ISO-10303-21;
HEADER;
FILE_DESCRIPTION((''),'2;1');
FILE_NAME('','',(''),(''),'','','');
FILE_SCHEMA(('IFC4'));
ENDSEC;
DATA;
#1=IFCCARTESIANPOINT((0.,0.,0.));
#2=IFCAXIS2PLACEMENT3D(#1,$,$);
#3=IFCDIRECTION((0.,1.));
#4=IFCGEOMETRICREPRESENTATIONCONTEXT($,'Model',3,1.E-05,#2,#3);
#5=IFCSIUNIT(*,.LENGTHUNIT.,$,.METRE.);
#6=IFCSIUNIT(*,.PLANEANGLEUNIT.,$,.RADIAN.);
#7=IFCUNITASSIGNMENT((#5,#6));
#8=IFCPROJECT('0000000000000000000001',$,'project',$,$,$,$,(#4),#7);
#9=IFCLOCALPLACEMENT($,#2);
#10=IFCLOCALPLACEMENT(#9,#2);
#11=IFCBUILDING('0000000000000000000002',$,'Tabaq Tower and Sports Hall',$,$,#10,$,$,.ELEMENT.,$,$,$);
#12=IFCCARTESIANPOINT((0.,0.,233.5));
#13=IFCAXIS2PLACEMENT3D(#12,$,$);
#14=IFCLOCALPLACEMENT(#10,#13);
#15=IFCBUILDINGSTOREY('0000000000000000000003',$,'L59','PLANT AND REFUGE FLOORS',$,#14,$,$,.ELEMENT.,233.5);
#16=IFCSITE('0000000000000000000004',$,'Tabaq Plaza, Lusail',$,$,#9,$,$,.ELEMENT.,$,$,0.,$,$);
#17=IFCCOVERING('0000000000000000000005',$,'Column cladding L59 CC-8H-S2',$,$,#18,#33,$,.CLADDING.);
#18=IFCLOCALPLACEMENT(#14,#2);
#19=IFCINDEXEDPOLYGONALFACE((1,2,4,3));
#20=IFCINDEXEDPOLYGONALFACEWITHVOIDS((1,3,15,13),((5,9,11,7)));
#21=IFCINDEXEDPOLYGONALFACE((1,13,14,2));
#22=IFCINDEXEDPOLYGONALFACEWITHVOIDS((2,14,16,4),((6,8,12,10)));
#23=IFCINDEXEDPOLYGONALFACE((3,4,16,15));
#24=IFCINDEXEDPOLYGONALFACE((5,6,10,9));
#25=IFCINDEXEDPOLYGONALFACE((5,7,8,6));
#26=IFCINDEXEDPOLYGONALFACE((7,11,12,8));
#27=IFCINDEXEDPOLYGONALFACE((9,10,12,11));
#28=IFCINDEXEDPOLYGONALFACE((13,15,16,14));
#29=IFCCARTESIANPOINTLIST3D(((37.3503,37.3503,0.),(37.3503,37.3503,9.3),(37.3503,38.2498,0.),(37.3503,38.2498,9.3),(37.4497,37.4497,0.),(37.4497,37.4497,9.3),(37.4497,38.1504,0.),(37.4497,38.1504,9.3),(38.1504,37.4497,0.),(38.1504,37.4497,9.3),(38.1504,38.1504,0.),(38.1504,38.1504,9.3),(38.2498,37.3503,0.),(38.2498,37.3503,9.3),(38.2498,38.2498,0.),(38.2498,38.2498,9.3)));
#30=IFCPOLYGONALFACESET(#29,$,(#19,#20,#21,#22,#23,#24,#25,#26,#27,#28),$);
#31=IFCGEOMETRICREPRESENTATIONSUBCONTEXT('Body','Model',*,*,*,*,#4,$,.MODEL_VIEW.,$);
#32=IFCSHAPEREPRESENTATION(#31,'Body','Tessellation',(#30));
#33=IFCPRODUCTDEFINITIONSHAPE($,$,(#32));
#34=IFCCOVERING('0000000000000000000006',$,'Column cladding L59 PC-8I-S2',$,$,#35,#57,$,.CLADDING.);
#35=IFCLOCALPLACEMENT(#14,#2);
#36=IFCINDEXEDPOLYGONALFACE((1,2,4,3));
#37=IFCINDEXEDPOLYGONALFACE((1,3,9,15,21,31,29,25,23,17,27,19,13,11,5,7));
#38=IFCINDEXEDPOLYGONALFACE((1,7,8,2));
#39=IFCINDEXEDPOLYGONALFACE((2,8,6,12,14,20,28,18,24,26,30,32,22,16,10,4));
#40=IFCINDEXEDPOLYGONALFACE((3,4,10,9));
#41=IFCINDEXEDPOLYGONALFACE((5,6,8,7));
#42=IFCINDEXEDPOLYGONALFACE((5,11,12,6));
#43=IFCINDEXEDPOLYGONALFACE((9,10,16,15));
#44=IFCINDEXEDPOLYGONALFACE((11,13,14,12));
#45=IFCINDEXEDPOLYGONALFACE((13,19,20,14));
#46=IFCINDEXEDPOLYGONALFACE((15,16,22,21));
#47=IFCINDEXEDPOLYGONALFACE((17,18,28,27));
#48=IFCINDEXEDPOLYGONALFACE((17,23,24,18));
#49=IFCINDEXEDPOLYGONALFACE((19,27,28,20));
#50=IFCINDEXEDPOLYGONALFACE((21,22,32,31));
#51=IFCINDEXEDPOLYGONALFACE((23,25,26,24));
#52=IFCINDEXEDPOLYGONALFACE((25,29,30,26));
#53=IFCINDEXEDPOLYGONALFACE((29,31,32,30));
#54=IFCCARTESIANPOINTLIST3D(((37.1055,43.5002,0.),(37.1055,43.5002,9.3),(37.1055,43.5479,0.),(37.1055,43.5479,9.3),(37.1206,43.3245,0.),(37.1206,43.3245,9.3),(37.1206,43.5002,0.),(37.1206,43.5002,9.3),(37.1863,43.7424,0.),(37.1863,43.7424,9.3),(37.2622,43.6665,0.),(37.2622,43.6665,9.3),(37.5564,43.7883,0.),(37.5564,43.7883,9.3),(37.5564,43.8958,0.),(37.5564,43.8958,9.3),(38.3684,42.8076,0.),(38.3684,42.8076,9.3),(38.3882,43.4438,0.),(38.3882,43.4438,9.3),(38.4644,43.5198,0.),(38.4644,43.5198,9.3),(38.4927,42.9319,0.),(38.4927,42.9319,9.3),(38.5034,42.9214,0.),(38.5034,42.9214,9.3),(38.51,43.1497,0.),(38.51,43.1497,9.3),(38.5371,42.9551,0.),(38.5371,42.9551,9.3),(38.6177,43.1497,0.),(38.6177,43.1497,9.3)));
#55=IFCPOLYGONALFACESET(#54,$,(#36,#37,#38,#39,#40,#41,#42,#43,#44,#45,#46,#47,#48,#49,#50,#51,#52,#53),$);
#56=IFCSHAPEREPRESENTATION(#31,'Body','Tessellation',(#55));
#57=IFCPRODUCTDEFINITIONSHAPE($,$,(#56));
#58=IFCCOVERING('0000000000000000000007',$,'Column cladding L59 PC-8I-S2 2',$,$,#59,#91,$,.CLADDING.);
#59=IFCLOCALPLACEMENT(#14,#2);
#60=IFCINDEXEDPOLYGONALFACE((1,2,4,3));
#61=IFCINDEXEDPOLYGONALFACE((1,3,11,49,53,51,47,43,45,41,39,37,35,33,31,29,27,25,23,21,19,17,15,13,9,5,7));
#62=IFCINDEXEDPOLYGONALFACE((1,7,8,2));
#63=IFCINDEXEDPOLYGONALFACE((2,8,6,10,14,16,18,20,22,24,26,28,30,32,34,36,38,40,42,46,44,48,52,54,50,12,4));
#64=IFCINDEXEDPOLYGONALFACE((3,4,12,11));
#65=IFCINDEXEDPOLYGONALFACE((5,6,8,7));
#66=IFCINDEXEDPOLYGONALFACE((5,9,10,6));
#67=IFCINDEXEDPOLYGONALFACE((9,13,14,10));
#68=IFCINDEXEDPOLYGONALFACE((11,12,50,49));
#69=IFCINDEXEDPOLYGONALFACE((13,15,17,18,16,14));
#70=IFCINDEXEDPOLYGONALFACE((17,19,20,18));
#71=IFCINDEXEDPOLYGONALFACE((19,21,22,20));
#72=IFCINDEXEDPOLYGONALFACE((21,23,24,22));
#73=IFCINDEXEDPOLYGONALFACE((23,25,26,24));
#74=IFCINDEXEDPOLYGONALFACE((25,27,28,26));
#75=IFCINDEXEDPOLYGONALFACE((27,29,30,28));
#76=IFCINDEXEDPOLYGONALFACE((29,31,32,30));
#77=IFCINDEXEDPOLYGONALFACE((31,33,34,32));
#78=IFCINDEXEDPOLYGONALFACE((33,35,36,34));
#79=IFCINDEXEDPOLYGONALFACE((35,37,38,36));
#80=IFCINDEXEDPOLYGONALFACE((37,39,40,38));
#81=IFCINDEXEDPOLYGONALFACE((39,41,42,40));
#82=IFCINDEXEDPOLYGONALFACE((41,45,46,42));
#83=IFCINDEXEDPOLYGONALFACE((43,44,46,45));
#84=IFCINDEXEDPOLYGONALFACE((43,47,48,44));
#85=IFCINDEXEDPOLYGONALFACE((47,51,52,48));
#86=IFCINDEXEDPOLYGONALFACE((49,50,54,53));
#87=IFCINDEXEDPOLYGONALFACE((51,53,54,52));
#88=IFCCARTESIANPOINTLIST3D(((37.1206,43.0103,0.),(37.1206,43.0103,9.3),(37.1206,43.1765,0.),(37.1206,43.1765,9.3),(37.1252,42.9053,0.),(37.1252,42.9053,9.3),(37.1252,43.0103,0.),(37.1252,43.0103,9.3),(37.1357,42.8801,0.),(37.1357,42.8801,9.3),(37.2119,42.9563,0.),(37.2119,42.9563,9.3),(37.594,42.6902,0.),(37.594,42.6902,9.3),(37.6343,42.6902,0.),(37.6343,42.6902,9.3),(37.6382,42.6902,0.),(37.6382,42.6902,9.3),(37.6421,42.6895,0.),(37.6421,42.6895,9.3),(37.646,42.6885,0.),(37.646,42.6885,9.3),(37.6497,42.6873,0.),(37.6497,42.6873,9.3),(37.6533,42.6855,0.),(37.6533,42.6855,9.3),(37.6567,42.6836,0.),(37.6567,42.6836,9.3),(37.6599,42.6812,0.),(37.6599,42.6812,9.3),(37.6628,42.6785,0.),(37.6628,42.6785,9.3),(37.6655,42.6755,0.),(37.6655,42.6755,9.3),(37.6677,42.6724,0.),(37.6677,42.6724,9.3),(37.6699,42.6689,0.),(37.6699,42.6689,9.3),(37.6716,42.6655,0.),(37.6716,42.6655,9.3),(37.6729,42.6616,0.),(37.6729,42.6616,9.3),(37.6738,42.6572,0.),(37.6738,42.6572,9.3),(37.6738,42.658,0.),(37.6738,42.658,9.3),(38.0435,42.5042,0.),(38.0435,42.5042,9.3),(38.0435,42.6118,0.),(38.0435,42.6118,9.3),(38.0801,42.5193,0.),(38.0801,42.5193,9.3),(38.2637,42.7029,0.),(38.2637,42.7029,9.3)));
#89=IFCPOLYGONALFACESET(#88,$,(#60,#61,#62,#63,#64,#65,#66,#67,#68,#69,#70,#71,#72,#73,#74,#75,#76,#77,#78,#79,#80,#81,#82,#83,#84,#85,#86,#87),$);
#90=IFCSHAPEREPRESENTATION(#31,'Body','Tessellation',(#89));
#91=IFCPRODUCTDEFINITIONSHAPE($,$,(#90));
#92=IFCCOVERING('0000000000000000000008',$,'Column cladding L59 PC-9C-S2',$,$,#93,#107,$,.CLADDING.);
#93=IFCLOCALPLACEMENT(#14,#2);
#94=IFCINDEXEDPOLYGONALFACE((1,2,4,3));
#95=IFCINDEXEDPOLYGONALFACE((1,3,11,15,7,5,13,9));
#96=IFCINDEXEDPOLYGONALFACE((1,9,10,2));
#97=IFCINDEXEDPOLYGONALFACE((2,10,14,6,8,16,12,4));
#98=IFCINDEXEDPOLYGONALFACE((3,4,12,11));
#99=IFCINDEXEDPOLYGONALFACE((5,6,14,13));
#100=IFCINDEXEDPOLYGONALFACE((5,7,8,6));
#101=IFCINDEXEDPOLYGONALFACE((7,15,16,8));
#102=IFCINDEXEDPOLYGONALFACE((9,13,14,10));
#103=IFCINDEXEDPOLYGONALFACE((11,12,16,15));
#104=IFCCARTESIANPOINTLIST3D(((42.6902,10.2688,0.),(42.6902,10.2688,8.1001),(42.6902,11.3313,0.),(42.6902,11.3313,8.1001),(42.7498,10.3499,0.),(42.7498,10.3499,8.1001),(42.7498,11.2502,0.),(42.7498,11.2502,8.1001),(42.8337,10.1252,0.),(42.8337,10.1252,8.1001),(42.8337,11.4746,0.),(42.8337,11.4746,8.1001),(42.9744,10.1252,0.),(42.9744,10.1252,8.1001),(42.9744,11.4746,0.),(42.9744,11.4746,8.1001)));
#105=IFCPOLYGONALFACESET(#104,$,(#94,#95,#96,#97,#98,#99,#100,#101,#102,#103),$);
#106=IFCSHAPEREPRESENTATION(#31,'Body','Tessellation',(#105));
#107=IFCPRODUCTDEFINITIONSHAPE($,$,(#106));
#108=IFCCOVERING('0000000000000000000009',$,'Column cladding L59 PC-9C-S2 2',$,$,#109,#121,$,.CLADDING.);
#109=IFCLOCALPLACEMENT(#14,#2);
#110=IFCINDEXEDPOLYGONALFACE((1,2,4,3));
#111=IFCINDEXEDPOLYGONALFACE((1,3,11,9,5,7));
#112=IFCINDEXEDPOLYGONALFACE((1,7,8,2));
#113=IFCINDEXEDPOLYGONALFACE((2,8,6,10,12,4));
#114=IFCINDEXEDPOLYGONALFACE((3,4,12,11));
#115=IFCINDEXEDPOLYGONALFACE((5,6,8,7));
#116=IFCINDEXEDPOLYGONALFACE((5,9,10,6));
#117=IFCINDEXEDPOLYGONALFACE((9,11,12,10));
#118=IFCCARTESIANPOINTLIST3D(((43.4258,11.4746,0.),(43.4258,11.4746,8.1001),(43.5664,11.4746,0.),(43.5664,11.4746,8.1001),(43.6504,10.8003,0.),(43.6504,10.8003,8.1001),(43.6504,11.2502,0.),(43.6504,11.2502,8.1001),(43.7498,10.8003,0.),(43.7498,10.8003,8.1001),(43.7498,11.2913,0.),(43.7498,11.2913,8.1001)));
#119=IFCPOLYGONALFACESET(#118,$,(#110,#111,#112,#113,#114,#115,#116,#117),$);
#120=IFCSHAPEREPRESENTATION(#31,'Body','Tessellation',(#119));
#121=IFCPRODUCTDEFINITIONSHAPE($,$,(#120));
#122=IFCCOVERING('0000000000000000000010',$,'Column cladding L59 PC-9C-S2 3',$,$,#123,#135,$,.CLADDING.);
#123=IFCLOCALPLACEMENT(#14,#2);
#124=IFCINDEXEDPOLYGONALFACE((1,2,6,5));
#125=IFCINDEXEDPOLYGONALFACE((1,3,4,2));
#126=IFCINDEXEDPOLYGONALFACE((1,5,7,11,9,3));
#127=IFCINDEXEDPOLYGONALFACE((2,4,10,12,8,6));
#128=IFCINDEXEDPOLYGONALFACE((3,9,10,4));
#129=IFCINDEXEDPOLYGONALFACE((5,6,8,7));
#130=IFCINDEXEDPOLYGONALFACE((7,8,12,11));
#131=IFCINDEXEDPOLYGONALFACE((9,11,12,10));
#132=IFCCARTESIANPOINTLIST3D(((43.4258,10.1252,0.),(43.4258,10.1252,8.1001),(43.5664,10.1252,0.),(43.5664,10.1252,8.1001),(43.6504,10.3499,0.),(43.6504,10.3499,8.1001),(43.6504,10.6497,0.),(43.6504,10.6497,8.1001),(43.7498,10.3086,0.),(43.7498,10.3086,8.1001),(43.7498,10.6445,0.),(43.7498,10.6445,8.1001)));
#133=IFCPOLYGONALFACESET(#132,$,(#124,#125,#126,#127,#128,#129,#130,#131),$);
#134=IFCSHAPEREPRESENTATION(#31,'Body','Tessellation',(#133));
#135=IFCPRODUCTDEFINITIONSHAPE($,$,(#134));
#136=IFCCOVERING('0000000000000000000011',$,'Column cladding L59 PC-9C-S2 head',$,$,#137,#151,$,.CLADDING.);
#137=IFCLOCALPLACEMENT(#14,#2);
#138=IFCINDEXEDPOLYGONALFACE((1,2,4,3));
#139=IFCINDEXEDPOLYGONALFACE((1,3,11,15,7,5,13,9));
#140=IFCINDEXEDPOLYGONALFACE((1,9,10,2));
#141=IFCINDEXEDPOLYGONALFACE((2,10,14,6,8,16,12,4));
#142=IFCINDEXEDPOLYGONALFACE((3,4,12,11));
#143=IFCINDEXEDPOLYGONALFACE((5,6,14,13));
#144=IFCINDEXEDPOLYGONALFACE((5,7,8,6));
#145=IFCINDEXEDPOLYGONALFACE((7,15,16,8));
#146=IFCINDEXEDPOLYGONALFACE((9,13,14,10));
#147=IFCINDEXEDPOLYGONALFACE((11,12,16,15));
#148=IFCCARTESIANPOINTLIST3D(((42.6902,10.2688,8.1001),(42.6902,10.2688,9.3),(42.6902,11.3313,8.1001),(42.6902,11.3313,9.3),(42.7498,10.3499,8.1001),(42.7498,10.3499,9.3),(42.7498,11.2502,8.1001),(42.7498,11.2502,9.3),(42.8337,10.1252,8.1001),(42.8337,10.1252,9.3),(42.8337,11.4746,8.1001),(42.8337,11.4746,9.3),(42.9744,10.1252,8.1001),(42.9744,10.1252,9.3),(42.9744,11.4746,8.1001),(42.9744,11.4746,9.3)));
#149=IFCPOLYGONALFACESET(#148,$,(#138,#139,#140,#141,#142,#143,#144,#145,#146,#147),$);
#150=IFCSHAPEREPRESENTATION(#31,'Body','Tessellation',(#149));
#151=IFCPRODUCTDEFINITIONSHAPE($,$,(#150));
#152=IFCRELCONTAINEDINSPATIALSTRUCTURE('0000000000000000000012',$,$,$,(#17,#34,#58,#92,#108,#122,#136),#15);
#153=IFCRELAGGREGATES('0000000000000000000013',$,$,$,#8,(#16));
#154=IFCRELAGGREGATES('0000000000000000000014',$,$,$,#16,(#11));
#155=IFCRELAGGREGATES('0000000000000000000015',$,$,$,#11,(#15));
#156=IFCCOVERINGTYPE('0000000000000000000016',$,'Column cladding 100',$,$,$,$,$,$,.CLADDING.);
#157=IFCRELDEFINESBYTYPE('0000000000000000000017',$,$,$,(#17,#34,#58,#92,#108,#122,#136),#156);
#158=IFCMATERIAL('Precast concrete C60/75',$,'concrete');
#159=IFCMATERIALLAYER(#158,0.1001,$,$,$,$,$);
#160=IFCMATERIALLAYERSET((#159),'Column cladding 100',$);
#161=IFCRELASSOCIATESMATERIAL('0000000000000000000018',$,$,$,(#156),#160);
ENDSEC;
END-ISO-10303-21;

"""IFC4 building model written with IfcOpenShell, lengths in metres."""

from ifc_helpers import new_model, si_unit, direction, frame, origin, place, context, subcontext, project, spatial, polyline, outline, extrude, material, layer, layer_set, type_object, element, save


model = new_model("IFC4")

# Units and contexts
model_context = context("Model", 3, precision=1e-05, world=origin(), true_north=direction((0.0, 1.0)))
body_context = subcontext(model_context, "Body", "Model", "MODEL_VIEW")
ifc_project = project(units=[si_unit("LENGTHUNIT", "METRE"), si_unit("PLANEANGLEUNIT", "RADIAN")], contexts=[model_context])

# Site, building, storey
site_placement = place(None, origin())
site = spatial("IfcSite", under=ifc_project, at=site_placement, Name="Tabaq Plaza, Lusail", CompositionType="ELEMENT", RefElevation=0.0)
building_placement = place(site_placement, origin())
building = spatial("IfcBuilding", under=site, at=building_placement, Name="Tabaq Tower and Sports Hall", CompositionType="ELEMENT")
storey_placement = place(building_placement, frame((0.0, 0.0, 233.5)))
storey = spatial("IfcBuildingStorey", under=building, at=storey_placement, Name="L59", Description="PLANT AND REFUGE FLOORS", CompositionType="ELEMENT", Elevation=233.5)

# Coverings
ifc_material_1 = material(Name="Precast concrete C60/75", Category="concrete")
ifc_layer_1 = layer(ifc_material_1, 0.1001)
ifc_layer_set_1 = layer_set([ifc_layer_1], Name="Column cladding 100")
covering_type = type_object("IfcCoveringType", Name="Column cladding 100", PredefinedType="CLADDING", material=ifc_layer_set_1)
covering_1_placement = place(storey_placement, origin())
element("IfcCovering", 1, at=covering_1_placement, inside=storey, type_object=covering_type, Name="Column cladding L59 CC-8H-S2", PredefinedType="CLADDING", context=body_context, shape_type="SweptSolid", body=[
    extrude(outline(polyline([(37.3503, 38.2498), (38.2498, 38.2498), (38.2498, 37.3503), (37.3503, 37.3503), (37.3503, 38.2498)]), holes=[polyline([(38.1504, 37.4497), (38.1504, 38.1504), (37.4497, 38.1504), (37.4497, 37.4497), (38.1504, 37.4497)])]), origin(), (0.0, 0.0, 1.0), 9.3),
])
covering_2_placement = place(storey_placement, origin())
element("IfcCovering", 2, at=covering_2_placement, inside=storey, type_object=covering_type, Name="Column cladding L59 PC-8I-S2", PredefinedType="CLADDING", context=body_context, shape_type="SweptSolid", body=[
    extrude(outline(polyline([(38.5371, 42.9551), (38.5034, 42.9214), (38.4927, 42.9319), (38.3684, 42.8076), (38.51, 43.1497), (38.3882, 43.4438), (37.5564, 43.7883), (37.2622, 43.6665), (37.1206, 43.3245), (37.1206, 43.5002), (37.1055, 43.5002), (37.1055, 43.5479), (37.1863, 43.7424), (37.5564, 43.8958), (38.4644, 43.5198), (38.6177, 43.1497), (38.5371, 42.9551)])), origin(), (0.0, 0.0, 1.0), 9.3),
])
covering_3_placement = place(storey_placement, origin())
element("IfcCovering", 3, at=covering_3_placement, inside=storey, type_object=covering_type, Name="Column cladding L59 PC-8I-S2 2", PredefinedType="CLADDING", context=body_context, shape_type="SweptSolid", body=[
    extrude(outline(polyline([(38.0435, 42.5042), (37.6738, 42.6572), (37.6738, 42.658), (37.6729, 42.6616), (37.6716, 42.6655), (37.6699, 42.6689), (37.6677, 42.6724), (37.6655, 42.6755), (37.6628, 42.6785), (37.6599, 42.6812), (37.6567, 42.6836), (37.6533, 42.6855), (37.6497, 42.6873), (37.646, 42.6885), (37.6421, 42.6895), (37.6382, 42.6902), (37.6343, 42.6902), (37.594, 42.6902), (37.1357, 42.8801), (37.1252, 42.9053), (37.1252, 43.0103), (37.1206, 43.0103), (37.1206, 43.1765), (37.2119, 42.9563), (38.0435, 42.6118), (38.2637, 42.7029), (38.0801, 42.5193), (38.0435, 42.5042)])), origin(), (0.0, 0.0, 1.0), 9.3),
])
covering_4_placement = place(storey_placement, origin())
element("IfcCovering", 4, at=covering_4_placement, inside=storey, type_object=covering_type, Name="Column cladding L59 PC-9C-S2", PredefinedType="CLADDING", context=body_context, shape_type="SweptSolid", body=[
    extrude(outline(polyline([(42.6902, 10.2688), (42.6902, 11.3313), (42.8337, 11.4746), (42.9744, 11.4746), (42.7498, 11.2502), (42.7498, 10.3499), (42.9744, 10.1252), (42.8337, 10.1252), (42.6902, 10.2688)])), origin(), (0.0, 0.0, 1.0), 8.1001),
])
covering_5_placement = place(storey_placement, origin())
element("IfcCovering", 5, at=covering_5_placement, inside=storey, type_object=covering_type, Name="Column cladding L59 PC-9C-S2 2", PredefinedType="CLADDING", context=body_context, shape_type="SweptSolid", body=[
    extrude(outline(polyline([(43.7498, 11.2913), (43.7498, 10.8003), (43.6504, 10.8003), (43.6504, 11.2502), (43.4258, 11.4746), (43.5664, 11.4746), (43.7498, 11.2913)])), origin(), (0.0, 0.0, 1.0), 8.1001),
])
covering_6_placement = place(storey_placement, origin())
element("IfcCovering", 6, at=covering_6_placement, inside=storey, type_object=covering_type, Name="Column cladding L59 PC-9C-S2 3", PredefinedType="CLADDING", context=body_context, shape_type="SweptSolid", body=[
    extrude(outline(polyline([(43.7498, 10.3086), (43.5664, 10.1252), (43.4258, 10.1252), (43.6504, 10.3499), (43.6504, 10.6497), (43.7498, 10.6445), (43.7498, 10.3086)])), origin(), (0.0, 0.0, 1.0), 8.1001),
])
covering_7_placement = place(storey_placement, frame((0.0, 0.0, 8.1001)))
element("IfcCovering", 7, at=covering_7_placement, inside=storey, type_object=covering_type, Name="Column cladding L59 PC-9C-S2 head", PredefinedType="CLADDING", context=body_context, shape_type="SweptSolid", body=[
    extrude(outline(polyline([(42.6902, 11.3313), (42.8337, 11.4746), (42.9744, 11.4746), (42.7498, 11.2502), (42.7498, 10.3499), (42.9744, 10.1252), (42.8337, 10.1252), (42.6902, 10.2688), (42.6902, 11.3313)])), origin(), (0.0, 0.0, 1.0), 1.2),
])

save(model, "model.ifc")
